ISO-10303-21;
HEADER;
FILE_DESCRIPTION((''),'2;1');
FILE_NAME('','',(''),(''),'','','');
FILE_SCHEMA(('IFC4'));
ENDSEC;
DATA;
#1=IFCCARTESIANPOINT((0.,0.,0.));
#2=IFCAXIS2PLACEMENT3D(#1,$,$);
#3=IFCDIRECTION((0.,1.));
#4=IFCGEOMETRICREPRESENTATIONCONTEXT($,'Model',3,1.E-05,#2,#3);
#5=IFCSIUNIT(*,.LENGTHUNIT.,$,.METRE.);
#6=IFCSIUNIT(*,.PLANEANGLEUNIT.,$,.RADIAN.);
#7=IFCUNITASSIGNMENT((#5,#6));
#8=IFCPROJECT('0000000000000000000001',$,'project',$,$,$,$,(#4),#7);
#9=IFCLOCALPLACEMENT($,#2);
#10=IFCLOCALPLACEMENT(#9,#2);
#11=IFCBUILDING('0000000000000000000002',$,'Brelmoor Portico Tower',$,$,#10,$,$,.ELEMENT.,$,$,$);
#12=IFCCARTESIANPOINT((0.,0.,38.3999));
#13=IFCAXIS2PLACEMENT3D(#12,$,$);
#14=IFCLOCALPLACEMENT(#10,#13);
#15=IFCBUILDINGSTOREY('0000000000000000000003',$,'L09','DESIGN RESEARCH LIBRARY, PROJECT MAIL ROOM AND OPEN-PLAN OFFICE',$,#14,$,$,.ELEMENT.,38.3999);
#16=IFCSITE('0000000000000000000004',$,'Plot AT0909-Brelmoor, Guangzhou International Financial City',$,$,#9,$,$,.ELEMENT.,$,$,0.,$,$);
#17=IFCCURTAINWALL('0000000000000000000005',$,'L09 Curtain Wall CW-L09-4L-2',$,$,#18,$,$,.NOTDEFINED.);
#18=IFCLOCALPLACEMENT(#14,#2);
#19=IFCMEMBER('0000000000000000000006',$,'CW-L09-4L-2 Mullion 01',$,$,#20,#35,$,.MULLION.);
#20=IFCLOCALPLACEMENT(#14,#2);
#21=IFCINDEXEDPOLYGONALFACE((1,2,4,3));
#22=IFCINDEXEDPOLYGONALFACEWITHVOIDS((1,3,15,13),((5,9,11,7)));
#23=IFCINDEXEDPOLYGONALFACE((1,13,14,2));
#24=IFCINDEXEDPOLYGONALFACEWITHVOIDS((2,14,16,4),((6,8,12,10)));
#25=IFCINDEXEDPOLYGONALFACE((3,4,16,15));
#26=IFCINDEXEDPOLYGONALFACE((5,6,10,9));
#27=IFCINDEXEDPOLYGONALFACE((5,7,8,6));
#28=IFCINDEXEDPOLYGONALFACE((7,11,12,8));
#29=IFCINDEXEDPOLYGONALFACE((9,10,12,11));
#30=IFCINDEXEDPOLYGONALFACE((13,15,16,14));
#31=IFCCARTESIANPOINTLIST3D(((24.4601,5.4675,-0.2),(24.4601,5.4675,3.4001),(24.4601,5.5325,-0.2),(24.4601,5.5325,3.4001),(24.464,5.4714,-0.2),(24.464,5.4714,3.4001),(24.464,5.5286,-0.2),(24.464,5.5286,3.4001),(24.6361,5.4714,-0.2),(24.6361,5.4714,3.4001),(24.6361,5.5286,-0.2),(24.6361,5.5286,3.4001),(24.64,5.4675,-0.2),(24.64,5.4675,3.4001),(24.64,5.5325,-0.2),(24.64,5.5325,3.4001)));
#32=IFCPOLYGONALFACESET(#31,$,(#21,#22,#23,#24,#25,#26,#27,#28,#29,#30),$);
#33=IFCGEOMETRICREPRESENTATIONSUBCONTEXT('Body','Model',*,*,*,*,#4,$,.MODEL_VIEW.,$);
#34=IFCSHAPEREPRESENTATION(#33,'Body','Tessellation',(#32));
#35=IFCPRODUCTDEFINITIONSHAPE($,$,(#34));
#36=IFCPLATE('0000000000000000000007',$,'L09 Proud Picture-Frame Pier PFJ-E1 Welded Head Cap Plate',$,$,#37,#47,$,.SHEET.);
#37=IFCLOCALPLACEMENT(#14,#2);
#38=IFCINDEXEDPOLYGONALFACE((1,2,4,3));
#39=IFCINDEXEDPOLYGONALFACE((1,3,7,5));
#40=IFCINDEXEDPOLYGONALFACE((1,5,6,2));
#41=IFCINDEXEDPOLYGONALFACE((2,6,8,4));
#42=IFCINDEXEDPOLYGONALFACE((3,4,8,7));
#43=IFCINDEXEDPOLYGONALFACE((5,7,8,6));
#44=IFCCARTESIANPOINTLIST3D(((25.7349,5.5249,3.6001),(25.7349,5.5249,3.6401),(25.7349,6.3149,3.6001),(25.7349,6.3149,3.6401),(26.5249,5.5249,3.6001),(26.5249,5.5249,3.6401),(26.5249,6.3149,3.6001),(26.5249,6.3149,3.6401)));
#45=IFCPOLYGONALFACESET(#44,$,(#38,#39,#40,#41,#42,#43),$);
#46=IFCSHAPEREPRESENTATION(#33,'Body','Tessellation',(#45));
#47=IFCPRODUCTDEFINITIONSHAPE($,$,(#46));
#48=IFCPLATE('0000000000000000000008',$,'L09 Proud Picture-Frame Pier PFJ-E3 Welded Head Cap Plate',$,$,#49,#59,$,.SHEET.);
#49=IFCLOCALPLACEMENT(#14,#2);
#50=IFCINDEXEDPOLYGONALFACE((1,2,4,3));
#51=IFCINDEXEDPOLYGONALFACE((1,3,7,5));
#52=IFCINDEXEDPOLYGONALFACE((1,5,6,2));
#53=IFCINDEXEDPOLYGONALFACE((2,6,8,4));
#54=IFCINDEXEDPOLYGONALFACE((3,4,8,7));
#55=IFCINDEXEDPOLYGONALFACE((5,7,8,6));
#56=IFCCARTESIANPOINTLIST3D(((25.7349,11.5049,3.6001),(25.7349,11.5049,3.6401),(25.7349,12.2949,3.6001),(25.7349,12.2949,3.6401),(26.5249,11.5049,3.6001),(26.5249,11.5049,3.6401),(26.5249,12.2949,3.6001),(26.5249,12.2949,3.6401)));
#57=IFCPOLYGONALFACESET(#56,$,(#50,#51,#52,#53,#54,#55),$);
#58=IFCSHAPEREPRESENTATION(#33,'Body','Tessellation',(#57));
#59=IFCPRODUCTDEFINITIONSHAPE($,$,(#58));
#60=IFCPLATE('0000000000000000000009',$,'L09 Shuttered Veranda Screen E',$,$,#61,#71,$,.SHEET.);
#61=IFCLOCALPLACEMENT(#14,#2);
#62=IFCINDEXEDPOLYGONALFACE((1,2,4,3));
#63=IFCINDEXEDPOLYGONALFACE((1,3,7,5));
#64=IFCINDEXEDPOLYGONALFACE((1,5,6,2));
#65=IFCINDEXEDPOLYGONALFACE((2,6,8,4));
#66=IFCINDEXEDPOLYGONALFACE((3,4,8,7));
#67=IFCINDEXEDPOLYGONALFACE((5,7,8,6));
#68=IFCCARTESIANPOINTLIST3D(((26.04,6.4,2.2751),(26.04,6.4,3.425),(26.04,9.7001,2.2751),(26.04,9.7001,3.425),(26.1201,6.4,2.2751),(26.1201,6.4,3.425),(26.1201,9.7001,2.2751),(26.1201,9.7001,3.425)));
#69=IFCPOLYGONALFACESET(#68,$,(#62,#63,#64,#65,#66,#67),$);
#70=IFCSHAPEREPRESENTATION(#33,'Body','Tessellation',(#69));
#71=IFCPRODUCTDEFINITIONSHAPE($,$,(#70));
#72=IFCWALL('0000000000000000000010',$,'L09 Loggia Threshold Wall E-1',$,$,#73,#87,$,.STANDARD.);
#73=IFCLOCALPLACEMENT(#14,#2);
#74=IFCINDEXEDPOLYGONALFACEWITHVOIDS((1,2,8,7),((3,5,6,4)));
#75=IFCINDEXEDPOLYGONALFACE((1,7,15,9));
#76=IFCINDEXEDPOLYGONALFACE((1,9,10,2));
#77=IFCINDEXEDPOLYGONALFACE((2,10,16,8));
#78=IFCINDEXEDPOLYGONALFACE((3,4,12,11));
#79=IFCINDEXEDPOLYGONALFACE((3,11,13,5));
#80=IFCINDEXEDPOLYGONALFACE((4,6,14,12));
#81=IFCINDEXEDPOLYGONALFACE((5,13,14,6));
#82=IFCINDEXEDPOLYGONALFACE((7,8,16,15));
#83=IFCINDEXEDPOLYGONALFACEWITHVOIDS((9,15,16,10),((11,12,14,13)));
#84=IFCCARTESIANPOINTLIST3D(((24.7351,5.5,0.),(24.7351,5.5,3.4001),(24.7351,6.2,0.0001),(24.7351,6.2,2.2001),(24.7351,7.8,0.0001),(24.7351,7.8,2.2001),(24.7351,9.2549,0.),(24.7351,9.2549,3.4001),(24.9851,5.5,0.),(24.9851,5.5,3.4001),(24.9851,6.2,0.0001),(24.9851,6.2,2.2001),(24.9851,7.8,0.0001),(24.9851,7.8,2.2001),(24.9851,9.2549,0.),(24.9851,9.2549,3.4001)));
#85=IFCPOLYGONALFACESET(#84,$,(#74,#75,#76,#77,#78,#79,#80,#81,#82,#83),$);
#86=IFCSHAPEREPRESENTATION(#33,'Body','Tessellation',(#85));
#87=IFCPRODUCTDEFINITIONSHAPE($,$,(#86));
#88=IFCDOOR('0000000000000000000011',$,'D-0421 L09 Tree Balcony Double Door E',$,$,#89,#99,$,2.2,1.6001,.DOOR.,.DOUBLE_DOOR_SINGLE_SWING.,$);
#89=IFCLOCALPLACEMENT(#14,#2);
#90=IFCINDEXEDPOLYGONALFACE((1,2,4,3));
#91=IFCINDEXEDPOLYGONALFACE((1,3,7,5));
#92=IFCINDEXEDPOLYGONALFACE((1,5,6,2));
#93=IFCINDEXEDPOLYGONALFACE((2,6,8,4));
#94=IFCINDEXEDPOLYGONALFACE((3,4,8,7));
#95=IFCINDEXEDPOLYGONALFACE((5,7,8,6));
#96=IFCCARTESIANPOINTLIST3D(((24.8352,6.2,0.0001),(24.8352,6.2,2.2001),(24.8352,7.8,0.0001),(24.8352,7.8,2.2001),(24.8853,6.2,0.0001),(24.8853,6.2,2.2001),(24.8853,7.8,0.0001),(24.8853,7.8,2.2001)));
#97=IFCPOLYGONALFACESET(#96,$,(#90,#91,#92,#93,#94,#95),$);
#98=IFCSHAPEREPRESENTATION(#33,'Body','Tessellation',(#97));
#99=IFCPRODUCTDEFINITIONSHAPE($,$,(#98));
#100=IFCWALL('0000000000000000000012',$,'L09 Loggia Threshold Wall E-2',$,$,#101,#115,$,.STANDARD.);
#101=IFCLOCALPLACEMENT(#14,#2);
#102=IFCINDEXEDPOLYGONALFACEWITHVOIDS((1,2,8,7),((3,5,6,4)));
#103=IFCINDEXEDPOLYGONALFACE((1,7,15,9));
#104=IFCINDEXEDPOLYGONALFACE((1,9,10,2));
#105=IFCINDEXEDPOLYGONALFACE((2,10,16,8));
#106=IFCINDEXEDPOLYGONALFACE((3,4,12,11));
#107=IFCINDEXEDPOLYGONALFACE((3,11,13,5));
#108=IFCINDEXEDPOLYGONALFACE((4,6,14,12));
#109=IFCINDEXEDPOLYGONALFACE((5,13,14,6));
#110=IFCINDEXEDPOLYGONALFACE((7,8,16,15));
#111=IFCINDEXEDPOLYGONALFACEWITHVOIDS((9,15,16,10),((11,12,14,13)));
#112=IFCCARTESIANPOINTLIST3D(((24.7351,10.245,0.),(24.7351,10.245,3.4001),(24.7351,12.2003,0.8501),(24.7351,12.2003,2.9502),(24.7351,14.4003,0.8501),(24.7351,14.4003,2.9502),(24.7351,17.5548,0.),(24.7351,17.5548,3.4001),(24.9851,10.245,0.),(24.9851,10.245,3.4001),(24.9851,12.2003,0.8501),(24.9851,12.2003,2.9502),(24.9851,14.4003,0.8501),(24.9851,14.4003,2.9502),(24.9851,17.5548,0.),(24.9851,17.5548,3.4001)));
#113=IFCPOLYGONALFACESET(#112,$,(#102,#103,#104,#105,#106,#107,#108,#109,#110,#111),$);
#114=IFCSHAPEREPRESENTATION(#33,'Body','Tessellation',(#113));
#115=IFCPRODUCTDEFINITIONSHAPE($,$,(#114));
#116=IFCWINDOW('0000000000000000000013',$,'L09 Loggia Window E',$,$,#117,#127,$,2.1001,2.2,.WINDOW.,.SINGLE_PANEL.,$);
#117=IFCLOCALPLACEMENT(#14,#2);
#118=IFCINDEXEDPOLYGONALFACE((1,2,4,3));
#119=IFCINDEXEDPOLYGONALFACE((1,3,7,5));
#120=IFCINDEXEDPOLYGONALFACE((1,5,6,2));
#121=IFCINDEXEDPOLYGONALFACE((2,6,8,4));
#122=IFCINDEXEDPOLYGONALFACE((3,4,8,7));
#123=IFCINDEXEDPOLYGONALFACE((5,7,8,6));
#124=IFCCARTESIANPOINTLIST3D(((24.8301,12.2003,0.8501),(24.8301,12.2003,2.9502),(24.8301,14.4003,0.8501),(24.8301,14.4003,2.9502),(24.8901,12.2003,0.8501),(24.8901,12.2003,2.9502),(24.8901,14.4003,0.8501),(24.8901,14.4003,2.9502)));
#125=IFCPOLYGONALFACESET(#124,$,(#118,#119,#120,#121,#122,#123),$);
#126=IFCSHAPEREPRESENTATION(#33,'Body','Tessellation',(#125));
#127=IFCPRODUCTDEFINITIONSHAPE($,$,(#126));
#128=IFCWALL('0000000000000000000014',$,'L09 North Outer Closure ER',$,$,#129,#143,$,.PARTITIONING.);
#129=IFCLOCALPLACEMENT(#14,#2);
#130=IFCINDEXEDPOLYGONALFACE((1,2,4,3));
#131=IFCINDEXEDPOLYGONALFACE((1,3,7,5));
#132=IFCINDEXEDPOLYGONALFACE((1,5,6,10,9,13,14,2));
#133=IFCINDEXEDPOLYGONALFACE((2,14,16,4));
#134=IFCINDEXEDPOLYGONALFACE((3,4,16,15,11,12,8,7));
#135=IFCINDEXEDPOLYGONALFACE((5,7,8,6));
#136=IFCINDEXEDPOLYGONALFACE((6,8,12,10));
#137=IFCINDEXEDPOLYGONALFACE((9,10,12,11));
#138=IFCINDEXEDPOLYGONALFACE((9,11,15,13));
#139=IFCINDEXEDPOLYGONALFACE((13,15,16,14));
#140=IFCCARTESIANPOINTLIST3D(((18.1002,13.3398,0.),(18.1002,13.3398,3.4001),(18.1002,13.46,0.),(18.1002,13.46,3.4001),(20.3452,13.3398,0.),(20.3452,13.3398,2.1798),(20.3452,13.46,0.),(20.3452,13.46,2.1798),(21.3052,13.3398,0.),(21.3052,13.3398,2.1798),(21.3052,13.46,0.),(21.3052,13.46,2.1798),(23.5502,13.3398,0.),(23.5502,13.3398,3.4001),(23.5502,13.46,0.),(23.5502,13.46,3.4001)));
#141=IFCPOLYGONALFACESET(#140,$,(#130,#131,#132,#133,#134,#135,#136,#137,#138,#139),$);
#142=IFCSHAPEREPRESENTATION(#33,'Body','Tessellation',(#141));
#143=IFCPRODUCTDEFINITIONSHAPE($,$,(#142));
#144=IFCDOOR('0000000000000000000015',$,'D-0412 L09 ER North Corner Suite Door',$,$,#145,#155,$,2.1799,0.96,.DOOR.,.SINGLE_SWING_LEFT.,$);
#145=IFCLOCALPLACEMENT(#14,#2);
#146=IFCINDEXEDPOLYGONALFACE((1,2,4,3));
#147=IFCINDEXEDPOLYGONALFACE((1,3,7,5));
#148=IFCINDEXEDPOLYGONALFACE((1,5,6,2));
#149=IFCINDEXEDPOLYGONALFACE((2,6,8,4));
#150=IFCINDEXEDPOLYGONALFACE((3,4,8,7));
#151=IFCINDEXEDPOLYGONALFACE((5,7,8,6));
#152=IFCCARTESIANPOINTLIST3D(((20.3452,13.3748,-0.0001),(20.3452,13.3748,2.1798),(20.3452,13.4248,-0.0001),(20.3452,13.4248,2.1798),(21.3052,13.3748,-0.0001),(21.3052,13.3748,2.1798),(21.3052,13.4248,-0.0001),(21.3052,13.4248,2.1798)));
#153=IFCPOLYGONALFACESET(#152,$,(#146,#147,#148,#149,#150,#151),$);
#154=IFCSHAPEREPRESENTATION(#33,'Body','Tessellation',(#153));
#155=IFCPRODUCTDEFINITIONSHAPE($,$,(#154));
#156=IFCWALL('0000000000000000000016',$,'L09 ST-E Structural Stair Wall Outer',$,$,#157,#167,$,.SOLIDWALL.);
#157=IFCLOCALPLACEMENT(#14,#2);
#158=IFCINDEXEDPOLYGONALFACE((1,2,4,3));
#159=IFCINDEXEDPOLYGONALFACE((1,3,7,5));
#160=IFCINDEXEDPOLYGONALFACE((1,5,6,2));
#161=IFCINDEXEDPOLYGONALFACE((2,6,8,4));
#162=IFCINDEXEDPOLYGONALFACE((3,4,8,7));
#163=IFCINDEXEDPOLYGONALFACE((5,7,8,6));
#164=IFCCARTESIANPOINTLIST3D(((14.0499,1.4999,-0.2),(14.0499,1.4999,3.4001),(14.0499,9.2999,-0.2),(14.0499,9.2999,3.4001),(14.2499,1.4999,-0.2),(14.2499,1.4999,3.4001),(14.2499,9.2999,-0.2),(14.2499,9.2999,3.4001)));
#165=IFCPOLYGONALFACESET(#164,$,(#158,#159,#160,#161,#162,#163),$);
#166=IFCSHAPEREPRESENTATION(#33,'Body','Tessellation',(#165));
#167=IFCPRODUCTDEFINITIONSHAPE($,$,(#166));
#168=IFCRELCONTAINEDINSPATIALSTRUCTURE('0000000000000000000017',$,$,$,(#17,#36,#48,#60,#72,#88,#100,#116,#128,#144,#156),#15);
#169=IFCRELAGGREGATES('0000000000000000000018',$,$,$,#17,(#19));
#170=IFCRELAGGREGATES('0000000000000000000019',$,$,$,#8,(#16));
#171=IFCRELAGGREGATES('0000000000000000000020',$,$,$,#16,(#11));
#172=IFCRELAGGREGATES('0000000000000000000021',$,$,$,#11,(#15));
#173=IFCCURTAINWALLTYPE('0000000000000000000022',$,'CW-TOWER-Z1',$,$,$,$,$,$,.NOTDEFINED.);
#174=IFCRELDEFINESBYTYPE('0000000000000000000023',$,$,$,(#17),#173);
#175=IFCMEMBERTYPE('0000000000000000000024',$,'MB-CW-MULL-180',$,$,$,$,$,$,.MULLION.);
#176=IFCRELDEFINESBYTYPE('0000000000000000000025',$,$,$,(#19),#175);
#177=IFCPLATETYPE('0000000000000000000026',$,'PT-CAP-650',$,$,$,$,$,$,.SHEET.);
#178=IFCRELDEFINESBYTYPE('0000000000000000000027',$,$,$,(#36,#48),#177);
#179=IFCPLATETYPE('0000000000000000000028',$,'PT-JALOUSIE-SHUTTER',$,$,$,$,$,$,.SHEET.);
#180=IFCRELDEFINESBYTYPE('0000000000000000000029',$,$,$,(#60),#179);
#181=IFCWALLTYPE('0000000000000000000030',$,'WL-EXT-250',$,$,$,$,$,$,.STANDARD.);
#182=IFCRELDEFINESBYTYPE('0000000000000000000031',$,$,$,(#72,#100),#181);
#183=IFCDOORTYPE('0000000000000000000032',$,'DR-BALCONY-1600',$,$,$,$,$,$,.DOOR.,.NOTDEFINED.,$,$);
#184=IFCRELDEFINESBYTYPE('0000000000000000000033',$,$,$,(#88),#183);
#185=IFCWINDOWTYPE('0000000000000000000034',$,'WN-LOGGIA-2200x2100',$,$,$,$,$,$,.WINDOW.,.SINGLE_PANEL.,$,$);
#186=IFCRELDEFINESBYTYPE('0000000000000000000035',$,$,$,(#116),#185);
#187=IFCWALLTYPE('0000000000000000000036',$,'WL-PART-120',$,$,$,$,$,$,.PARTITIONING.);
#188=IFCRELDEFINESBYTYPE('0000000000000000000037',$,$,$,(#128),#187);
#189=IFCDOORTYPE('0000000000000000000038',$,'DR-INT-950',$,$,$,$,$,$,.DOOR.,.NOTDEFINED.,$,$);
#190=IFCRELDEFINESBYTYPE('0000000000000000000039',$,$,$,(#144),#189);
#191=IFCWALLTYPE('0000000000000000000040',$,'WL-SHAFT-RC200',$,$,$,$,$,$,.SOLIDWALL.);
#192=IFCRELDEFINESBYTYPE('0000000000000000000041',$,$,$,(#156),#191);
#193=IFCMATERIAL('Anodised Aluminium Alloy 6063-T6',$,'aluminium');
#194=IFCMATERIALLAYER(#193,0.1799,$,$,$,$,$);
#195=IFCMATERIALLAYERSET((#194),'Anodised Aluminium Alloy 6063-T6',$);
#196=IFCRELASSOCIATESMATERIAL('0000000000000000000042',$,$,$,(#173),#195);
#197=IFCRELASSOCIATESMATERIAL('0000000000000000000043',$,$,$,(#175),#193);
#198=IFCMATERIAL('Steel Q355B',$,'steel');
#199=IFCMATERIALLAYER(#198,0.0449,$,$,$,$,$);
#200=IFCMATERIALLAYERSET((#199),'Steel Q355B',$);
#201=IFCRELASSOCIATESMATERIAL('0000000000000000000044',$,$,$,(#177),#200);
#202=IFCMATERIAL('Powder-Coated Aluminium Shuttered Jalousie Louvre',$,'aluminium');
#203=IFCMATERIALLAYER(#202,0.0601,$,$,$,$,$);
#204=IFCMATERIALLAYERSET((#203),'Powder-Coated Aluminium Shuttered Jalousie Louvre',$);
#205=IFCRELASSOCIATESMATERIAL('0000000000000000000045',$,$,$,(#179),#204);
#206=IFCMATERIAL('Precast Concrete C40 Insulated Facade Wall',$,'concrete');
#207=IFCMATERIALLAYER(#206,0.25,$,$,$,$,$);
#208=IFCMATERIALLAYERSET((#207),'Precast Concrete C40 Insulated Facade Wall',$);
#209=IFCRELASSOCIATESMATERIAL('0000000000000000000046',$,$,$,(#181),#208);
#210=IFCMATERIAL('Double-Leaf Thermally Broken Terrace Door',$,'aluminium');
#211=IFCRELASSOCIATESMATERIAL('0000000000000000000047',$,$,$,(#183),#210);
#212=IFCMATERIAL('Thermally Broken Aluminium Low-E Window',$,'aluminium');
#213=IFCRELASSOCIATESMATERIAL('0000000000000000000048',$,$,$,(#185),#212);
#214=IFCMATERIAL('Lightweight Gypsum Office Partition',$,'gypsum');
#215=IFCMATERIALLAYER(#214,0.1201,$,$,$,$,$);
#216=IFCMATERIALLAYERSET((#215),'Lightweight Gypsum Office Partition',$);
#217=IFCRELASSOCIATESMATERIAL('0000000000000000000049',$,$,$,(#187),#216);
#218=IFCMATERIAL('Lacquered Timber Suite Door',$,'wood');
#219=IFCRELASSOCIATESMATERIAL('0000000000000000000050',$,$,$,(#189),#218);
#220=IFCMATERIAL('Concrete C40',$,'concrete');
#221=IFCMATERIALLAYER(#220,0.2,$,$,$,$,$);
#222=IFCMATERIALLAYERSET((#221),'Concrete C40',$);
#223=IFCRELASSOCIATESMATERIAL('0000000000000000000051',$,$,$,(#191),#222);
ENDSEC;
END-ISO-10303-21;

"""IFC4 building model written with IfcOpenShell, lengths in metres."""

from ifc_helpers import new_model, si_unit, direction, frame, frame_2d, origin, origin_2d, place, context, subcontext, project, spatial, rectangle, hollow_rectangle, extrude, material, layer, layer_set, material_profile, profile_set, type_object, element, fill, aggregate, save


model = new_model("IFC4")

# Units and contexts
model_context = context("Model", 3, precision=1e-05, world=origin(), true_north=direction((0.0, 1.0)))
body_context = subcontext(model_context, "Body", "Model", "MODEL_VIEW")
ifc_project = project(units=[si_unit("LENGTHUNIT", "METRE"), si_unit("PLANEANGLEUNIT", "RADIAN")], contexts=[model_context])

# Site, building, storey
site_placement = place(None, origin())
site = spatial("IfcSite", under=ifc_project, at=site_placement, Name="Plot AT0909-Brelmoor, Guangzhou International Financial City", CompositionType="ELEMENT", RefElevation=0.0)
building_placement = place(site_placement, origin())
building = spatial("IfcBuilding", under=site, at=building_placement, Name="Brelmoor Portico Tower", CompositionType="ELEMENT")
storey_placement = place(building_placement, frame((0.0, 0.0, 38.3999)))
storey = spatial("IfcBuildingStorey", under=building, at=storey_placement, Name="L09", Description="DESIGN RESEARCH LIBRARY, PROJECT MAIL ROOM AND OPEN-PLAN OFFICE", CompositionType="ELEMENT", Elevation=38.3999)

# Shared definitions
ifc_material_1 = material(Name="Steel Q355B", Category="steel")

# Curtain wall, member
ifc_material_2 = material(Name="Anodised Aluminium Alloy 6063-T6", Category="aluminium")
ifc_layer_1 = layer(ifc_material_2, 0.1799)
ifc_layer_set_1 = layer_set([ifc_layer_1], Name="Anodised Aluminium Alloy 6063-T6")
curtain_wall_type = type_object("IfcCurtainWallType", Name="CW-TOWER-Z1", PredefinedType="NOTDEFINED", material=ifc_layer_set_1)
curtain_wall_placement = place(storey_placement, origin())
curtain_wall = element("IfcCurtainWall", 1, at=curtain_wall_placement, inside=storey, type_object=curtain_wall_type, Name="L09 Curtain Wall CW-L09-4L-2", PredefinedType="NOTDEFINED")
ifc_material_profile_1 = material_profile(ifc_material_2, hollow_rectangle(XDim=0.0649, YDim=0.1799, WallThickness=0.0039, at=origin_2d()), Name="ALU MULLION 65x180")
ifc_profile_set_1 = profile_set([ifc_material_profile_1], Name="Anodised Aluminium Alloy 6063-T6")
member_type = type_object("IfcMemberType", Name="MB-CW-MULL-180", PredefinedType="MULLION", material=ifc_profile_set_1)
member_placement = place(storey_placement, frame((24.55, 5.5, -0.2), z_axis=(0.0, 0.0, 1.0), x_axis=(0.0, 1.0, 0.0)))
member = element("IfcMember", 2, at=member_placement, type_object=member_type, Name="CW-L09-4L-2 Mullion 01", PredefinedType="MULLION", context=body_context, shape_type="SweptSolid", body=[
    extrude(hollow_rectangle(XDim=0.0649, YDim=0.1799, WallThickness=0.0039, at=origin_2d()), origin(), (0.0, 0.0, 1.0), 3.6001),
])
aggregate(curtain_wall, [member])

# Plates
ifc_layer_2 = layer(ifc_material_1, 0.0449)
ifc_layer_set_2 = layer_set([ifc_layer_2], Name="Steel Q355B")
plate_type_1 = type_object("IfcPlateType", Name="PT-CAP-650", PredefinedType="SHEET", material=ifc_layer_set_2)
for number, where, z_axis, x_axis, name in (
    (3, (26.1299, 5.9199, 3.6001), (0.0, 0.0, 1.0), (0.0, 1.0, 0.0), "L09 Proud Picture-Frame Pier PFJ-E1 Welded Head Cap Plate"),
    (4, (26.1299, 11.8999, 3.6001), (0.0, 0.0, 1.0), (0.0, 1.0, 0.0), "L09 Proud Picture-Frame Pier PFJ-E3 Welded Head Cap Plate"),
):
    element("IfcPlate", number, at=place(storey_placement, frame(where, z_axis=z_axis, x_axis=x_axis)), inside=storey, type_object=plate_type_1, Name=name, PredefinedType="SHEET", context=body_context, shape_type="SweptSolid", body=[
        extrude(rectangle(XDim=0.79, YDim=0.79, at=origin_2d()), origin(), (0.0, 0.0, 1.0), 0.04),
    ])
ifc_material_3 = material(Name="Powder-Coated Aluminium Shuttered Jalousie Louvre", Category="aluminium")
ifc_layer_3 = layer(ifc_material_3, 0.0601)
ifc_layer_set_3 = layer_set([ifc_layer_3], Name="Powder-Coated Aluminium Shuttered Jalousie Louvre")
plate_type_2 = type_object("IfcPlateType", Name="PT-JALOUSIE-SHUTTER", PredefinedType="SHEET", material=ifc_layer_set_3)
plate_placement = place(storey_placement, frame((26.0801, 8.05, 2.2751), z_axis=(0.0, 0.0, 1.0), x_axis=(0.0, 1.0, 0.0)))
element("IfcPlate", 5, at=plate_placement, inside=storey, type_object=plate_type_2, Name="L09 Shuttered Veranda Screen E", PredefinedType="SHEET", context=body_context, shape_type="SweptSolid", body=[
    extrude(rectangle(XDim=3.3, YDim=0.0801, at=origin_2d()), origin(), (0.0, 0.0, 1.0), 1.1499),
])

# Wall, opening, door
ifc_material_4 = material(Name="Precast Concrete C40 Insulated Facade Wall", Category="concrete")
ifc_layer_4 = layer(ifc_material_4, 0.25)
ifc_layer_set_4 = layer_set([ifc_layer_4], Name="Precast Concrete C40 Insulated Facade Wall")
wall_type_1 = type_object("IfcWallType", Name="WL-EXT-250", PredefinedType="STANDARD", material=ifc_layer_set_4)
wall_1_placement = place(storey_placement, frame((24.8601, 5.5, 0.0), z_axis=(0.0, 0.0, 1.0), x_axis=(0.0, 1.0, 0.0)))
wall_1 = element("IfcWall", 6, at=wall_1_placement, inside=storey, type_object=wall_type_1, Name="L09 Loggia Threshold Wall E-1", PredefinedType="STANDARD", context=body_context, shape_type="SweptSolid", body=[
    extrude(rectangle(XDim=3.7549, YDim=0.25, at=frame_2d((1.8774, 0.0))), origin(), (0.0, 0.0, 1.0), 3.4001),
])
opening_1_placement = place(wall_1_placement, frame((0.7, 0.0, 0.0)))
opening_1 = element("IfcOpeningElement", 7, at=opening_1_placement, cuts=wall_1, PredefinedType="OPENING", context=body_context, shape_type="SweptSolid", body=[
    extrude(rectangle(XDim=1.6001, YDim=2.2, at=frame_2d((0.8, 1.1001))), frame((0.0, 0.135, 0.0), z_axis=(0.0, -1.0, 0.0), x_axis=(1.0, 0.0, 0.0)), (0.0, 0.0, 1.0), 0.27),
])
ifc_material_5 = material(Name="Double-Leaf Thermally Broken Terrace Door", Category="aluminium")
door_type_1 = type_object("IfcDoorType", Name="DR-BALCONY-1600", OperationType="NOTDEFINED", PredefinedType="DOOR", material=ifc_material_5)
door_1_placement = place(opening_1_placement, origin())
door_1 = element("IfcDoor", 8, at=door_1_placement, inside=storey, type_object=door_type_1, Name="D-0421 L09 Tree Balcony Double Door E", OperationType="DOUBLE_DOOR_SINGLE_SWING", OverallHeight=2.2, OverallWidth=1.6001, PredefinedType="DOOR", context=body_context, shape_type="SweptSolid", body=[
    extrude(rectangle(XDim=1.6001, YDim=2.2, at=frame_2d((0.8, 1.1001))), frame((0.0, 0.0249, 0.0), z_axis=(0.0, -1.0, 0.0), x_axis=(1.0, 0.0, 0.0)), (0.0, 0.0, 1.0), 0.05),
])
fill(opening_1, door_1)

# Wall, opening, window
wall_2_placement = place(storey_placement, frame((24.8601, 10.2451, 0.0), z_axis=(0.0, 0.0, 1.0), x_axis=(0.0, 1.0, 0.0)))
wall_2 = element("IfcWall", 9, at=wall_2_placement, inside=storey, type_object=wall_type_1, Name="L09 Loggia Threshold Wall E-2", PredefinedType="STANDARD", context=body_context, shape_type="SweptSolid", body=[
    extrude(rectangle(XDim=7.3098, YDim=0.25, at=frame_2d((3.6548, 0.0))), origin(), (0.0, 0.0, 1.0), 3.4001),
])
opening_2_placement = place(wall_2_placement, frame((1.9551, 0.0, 0.8501)))
opening_2 = element("IfcOpeningElement", 10, at=opening_2_placement, cuts=wall_2, PredefinedType="OPENING", context=body_context, shape_type="SweptSolid", body=[
    extrude(rectangle(XDim=2.2, YDim=2.1001, at=frame_2d((1.1001, 1.05))), frame((0.0, 0.135, 0.0), z_axis=(0.0, -1.0, 0.0), x_axis=(1.0, 0.0, 0.0)), (0.0, 0.0, 1.0), 0.27),
])
ifc_material_6 = material(Name="Thermally Broken Aluminium Low-E Window", Category="aluminium")
window_type = type_object("IfcWindowType", Name="WN-LOGGIA-2200x2100", PartitioningType="SINGLE_PANEL", PredefinedType="WINDOW", material=ifc_material_6)
window_placement = place(opening_2_placement, origin())
window = element("IfcWindow", 11, at=window_placement, inside=storey, type_object=window_type, Name="L09 Loggia Window E", OverallHeight=2.1001, OverallWidth=2.2, PartitioningType="SINGLE_PANEL", PredefinedType="WINDOW", context=body_context, shape_type="SweptSolid", body=[
    extrude(rectangle(XDim=2.2, YDim=2.1001, at=frame_2d((1.1001, 1.05))), frame((0.0, 0.03, 0.0), z_axis=(0.0, -1.0, 0.0), x_axis=(1.0, 0.0, 0.0)), (0.0, 0.0, 1.0), 0.0601),
])
fill(opening_2, window)

# Wall, opening, door
ifc_material_7 = material(Name="Lightweight Gypsum Office Partition", Category="gypsum")
ifc_layer_5 = layer(ifc_material_7, 0.1201)
ifc_layer_set_5 = layer_set([ifc_layer_5], Name="Lightweight Gypsum Office Partition")
wall_type_2 = type_object("IfcWallType", Name="WL-PART-120", PredefinedType="PARTITIONING", material=ifc_layer_set_5)
wall_3_placement = place(storey_placement, frame((18.1001, 13.3999, 0.0), z_axis=(0.0, 0.0, 1.0), x_axis=(1.0, 0.0, 0.0)))
wall_3 = element("IfcWall", 12, at=wall_3_placement, inside=storey, type_object=wall_type_2, Name="L09 North Outer Closure ER", PredefinedType="PARTITIONING", context=body_context, shape_type="SweptSolid", body=[
    extrude(rectangle(XDim=5.45, YDim=0.1201, at=frame_2d((2.7251, 0.0))), origin(), (0.0, 0.0, 1.0), 3.4001),
])
opening_3_placement = place(wall_3_placement, frame((2.2451, 0.0, 0.0)))
opening_3 = element("IfcOpeningElement", 13, at=opening_3_placement, cuts=wall_3, PredefinedType="OPENING", context=body_context, shape_type="SweptSolid", body=[
    extrude(rectangle(XDim=0.96, YDim=2.1799, at=frame_2d((0.48, 1.0898))), frame((0.0, 0.0701, 0.0), z_axis=(0.0, -1.0, 0.0), x_axis=(1.0, 0.0, 0.0)), (0.0, 0.0, 1.0), 0.1401),
])
ifc_material_8 = material(Name="Lacquered Timber Suite Door", Category="wood")
door_type_2 = type_object("IfcDoorType", Name="DR-INT-950", OperationType="NOTDEFINED", PredefinedType="DOOR", material=ifc_material_8)
door_2_placement = place(opening_3_placement, origin())
door_2 = element("IfcDoor", 14, at=door_2_placement, inside=storey, type_object=door_type_2, Name="D-0412 L09 ER North Corner Suite Door", OperationType="SINGLE_SWING_LEFT", OverallHeight=2.1799, OverallWidth=0.96, PredefinedType="DOOR", context=body_context, shape_type="SweptSolid", body=[
    extrude(rectangle(XDim=0.96, YDim=2.1799, at=frame_2d((0.48, 1.0898))), frame((0.0, 0.0249, 0.0), z_axis=(0.0, -1.0, 0.0), x_axis=(1.0, 0.0, 0.0)), (0.0, 0.0, 1.0), 0.05),
])
fill(opening_3, door_2)

# Wall
ifc_material_9 = material(Name="Concrete C40", Category="concrete")
ifc_layer_6 = layer(ifc_material_9, 0.2)
ifc_layer_set_6 = layer_set([ifc_layer_6], Name="Concrete C40")
wall_type_3 = type_object("IfcWallType", Name="WL-SHAFT-RC200", PredefinedType="SOLIDWALL", material=ifc_layer_set_6)
wall_4_placement = place(storey_placement, frame((14.1499, 1.5, -0.2), z_axis=(0.0, 0.0, 1.0), x_axis=(0.0, 1.0, 0.0)))
element("IfcWall", 15, at=wall_4_placement, inside=storey, type_object=wall_type_3, Name="L09 ST-E Structural Stair Wall Outer", PredefinedType="SOLIDWALL", context=body_context, shape_type="SweptSolid", body=[
    extrude(rectangle(XDim=7.8, YDim=0.2, at=frame_2d((3.8999, 0.0))), origin(), (0.0, 0.0, 1.0), 3.6001),
])

save(model, "model.ifc")
